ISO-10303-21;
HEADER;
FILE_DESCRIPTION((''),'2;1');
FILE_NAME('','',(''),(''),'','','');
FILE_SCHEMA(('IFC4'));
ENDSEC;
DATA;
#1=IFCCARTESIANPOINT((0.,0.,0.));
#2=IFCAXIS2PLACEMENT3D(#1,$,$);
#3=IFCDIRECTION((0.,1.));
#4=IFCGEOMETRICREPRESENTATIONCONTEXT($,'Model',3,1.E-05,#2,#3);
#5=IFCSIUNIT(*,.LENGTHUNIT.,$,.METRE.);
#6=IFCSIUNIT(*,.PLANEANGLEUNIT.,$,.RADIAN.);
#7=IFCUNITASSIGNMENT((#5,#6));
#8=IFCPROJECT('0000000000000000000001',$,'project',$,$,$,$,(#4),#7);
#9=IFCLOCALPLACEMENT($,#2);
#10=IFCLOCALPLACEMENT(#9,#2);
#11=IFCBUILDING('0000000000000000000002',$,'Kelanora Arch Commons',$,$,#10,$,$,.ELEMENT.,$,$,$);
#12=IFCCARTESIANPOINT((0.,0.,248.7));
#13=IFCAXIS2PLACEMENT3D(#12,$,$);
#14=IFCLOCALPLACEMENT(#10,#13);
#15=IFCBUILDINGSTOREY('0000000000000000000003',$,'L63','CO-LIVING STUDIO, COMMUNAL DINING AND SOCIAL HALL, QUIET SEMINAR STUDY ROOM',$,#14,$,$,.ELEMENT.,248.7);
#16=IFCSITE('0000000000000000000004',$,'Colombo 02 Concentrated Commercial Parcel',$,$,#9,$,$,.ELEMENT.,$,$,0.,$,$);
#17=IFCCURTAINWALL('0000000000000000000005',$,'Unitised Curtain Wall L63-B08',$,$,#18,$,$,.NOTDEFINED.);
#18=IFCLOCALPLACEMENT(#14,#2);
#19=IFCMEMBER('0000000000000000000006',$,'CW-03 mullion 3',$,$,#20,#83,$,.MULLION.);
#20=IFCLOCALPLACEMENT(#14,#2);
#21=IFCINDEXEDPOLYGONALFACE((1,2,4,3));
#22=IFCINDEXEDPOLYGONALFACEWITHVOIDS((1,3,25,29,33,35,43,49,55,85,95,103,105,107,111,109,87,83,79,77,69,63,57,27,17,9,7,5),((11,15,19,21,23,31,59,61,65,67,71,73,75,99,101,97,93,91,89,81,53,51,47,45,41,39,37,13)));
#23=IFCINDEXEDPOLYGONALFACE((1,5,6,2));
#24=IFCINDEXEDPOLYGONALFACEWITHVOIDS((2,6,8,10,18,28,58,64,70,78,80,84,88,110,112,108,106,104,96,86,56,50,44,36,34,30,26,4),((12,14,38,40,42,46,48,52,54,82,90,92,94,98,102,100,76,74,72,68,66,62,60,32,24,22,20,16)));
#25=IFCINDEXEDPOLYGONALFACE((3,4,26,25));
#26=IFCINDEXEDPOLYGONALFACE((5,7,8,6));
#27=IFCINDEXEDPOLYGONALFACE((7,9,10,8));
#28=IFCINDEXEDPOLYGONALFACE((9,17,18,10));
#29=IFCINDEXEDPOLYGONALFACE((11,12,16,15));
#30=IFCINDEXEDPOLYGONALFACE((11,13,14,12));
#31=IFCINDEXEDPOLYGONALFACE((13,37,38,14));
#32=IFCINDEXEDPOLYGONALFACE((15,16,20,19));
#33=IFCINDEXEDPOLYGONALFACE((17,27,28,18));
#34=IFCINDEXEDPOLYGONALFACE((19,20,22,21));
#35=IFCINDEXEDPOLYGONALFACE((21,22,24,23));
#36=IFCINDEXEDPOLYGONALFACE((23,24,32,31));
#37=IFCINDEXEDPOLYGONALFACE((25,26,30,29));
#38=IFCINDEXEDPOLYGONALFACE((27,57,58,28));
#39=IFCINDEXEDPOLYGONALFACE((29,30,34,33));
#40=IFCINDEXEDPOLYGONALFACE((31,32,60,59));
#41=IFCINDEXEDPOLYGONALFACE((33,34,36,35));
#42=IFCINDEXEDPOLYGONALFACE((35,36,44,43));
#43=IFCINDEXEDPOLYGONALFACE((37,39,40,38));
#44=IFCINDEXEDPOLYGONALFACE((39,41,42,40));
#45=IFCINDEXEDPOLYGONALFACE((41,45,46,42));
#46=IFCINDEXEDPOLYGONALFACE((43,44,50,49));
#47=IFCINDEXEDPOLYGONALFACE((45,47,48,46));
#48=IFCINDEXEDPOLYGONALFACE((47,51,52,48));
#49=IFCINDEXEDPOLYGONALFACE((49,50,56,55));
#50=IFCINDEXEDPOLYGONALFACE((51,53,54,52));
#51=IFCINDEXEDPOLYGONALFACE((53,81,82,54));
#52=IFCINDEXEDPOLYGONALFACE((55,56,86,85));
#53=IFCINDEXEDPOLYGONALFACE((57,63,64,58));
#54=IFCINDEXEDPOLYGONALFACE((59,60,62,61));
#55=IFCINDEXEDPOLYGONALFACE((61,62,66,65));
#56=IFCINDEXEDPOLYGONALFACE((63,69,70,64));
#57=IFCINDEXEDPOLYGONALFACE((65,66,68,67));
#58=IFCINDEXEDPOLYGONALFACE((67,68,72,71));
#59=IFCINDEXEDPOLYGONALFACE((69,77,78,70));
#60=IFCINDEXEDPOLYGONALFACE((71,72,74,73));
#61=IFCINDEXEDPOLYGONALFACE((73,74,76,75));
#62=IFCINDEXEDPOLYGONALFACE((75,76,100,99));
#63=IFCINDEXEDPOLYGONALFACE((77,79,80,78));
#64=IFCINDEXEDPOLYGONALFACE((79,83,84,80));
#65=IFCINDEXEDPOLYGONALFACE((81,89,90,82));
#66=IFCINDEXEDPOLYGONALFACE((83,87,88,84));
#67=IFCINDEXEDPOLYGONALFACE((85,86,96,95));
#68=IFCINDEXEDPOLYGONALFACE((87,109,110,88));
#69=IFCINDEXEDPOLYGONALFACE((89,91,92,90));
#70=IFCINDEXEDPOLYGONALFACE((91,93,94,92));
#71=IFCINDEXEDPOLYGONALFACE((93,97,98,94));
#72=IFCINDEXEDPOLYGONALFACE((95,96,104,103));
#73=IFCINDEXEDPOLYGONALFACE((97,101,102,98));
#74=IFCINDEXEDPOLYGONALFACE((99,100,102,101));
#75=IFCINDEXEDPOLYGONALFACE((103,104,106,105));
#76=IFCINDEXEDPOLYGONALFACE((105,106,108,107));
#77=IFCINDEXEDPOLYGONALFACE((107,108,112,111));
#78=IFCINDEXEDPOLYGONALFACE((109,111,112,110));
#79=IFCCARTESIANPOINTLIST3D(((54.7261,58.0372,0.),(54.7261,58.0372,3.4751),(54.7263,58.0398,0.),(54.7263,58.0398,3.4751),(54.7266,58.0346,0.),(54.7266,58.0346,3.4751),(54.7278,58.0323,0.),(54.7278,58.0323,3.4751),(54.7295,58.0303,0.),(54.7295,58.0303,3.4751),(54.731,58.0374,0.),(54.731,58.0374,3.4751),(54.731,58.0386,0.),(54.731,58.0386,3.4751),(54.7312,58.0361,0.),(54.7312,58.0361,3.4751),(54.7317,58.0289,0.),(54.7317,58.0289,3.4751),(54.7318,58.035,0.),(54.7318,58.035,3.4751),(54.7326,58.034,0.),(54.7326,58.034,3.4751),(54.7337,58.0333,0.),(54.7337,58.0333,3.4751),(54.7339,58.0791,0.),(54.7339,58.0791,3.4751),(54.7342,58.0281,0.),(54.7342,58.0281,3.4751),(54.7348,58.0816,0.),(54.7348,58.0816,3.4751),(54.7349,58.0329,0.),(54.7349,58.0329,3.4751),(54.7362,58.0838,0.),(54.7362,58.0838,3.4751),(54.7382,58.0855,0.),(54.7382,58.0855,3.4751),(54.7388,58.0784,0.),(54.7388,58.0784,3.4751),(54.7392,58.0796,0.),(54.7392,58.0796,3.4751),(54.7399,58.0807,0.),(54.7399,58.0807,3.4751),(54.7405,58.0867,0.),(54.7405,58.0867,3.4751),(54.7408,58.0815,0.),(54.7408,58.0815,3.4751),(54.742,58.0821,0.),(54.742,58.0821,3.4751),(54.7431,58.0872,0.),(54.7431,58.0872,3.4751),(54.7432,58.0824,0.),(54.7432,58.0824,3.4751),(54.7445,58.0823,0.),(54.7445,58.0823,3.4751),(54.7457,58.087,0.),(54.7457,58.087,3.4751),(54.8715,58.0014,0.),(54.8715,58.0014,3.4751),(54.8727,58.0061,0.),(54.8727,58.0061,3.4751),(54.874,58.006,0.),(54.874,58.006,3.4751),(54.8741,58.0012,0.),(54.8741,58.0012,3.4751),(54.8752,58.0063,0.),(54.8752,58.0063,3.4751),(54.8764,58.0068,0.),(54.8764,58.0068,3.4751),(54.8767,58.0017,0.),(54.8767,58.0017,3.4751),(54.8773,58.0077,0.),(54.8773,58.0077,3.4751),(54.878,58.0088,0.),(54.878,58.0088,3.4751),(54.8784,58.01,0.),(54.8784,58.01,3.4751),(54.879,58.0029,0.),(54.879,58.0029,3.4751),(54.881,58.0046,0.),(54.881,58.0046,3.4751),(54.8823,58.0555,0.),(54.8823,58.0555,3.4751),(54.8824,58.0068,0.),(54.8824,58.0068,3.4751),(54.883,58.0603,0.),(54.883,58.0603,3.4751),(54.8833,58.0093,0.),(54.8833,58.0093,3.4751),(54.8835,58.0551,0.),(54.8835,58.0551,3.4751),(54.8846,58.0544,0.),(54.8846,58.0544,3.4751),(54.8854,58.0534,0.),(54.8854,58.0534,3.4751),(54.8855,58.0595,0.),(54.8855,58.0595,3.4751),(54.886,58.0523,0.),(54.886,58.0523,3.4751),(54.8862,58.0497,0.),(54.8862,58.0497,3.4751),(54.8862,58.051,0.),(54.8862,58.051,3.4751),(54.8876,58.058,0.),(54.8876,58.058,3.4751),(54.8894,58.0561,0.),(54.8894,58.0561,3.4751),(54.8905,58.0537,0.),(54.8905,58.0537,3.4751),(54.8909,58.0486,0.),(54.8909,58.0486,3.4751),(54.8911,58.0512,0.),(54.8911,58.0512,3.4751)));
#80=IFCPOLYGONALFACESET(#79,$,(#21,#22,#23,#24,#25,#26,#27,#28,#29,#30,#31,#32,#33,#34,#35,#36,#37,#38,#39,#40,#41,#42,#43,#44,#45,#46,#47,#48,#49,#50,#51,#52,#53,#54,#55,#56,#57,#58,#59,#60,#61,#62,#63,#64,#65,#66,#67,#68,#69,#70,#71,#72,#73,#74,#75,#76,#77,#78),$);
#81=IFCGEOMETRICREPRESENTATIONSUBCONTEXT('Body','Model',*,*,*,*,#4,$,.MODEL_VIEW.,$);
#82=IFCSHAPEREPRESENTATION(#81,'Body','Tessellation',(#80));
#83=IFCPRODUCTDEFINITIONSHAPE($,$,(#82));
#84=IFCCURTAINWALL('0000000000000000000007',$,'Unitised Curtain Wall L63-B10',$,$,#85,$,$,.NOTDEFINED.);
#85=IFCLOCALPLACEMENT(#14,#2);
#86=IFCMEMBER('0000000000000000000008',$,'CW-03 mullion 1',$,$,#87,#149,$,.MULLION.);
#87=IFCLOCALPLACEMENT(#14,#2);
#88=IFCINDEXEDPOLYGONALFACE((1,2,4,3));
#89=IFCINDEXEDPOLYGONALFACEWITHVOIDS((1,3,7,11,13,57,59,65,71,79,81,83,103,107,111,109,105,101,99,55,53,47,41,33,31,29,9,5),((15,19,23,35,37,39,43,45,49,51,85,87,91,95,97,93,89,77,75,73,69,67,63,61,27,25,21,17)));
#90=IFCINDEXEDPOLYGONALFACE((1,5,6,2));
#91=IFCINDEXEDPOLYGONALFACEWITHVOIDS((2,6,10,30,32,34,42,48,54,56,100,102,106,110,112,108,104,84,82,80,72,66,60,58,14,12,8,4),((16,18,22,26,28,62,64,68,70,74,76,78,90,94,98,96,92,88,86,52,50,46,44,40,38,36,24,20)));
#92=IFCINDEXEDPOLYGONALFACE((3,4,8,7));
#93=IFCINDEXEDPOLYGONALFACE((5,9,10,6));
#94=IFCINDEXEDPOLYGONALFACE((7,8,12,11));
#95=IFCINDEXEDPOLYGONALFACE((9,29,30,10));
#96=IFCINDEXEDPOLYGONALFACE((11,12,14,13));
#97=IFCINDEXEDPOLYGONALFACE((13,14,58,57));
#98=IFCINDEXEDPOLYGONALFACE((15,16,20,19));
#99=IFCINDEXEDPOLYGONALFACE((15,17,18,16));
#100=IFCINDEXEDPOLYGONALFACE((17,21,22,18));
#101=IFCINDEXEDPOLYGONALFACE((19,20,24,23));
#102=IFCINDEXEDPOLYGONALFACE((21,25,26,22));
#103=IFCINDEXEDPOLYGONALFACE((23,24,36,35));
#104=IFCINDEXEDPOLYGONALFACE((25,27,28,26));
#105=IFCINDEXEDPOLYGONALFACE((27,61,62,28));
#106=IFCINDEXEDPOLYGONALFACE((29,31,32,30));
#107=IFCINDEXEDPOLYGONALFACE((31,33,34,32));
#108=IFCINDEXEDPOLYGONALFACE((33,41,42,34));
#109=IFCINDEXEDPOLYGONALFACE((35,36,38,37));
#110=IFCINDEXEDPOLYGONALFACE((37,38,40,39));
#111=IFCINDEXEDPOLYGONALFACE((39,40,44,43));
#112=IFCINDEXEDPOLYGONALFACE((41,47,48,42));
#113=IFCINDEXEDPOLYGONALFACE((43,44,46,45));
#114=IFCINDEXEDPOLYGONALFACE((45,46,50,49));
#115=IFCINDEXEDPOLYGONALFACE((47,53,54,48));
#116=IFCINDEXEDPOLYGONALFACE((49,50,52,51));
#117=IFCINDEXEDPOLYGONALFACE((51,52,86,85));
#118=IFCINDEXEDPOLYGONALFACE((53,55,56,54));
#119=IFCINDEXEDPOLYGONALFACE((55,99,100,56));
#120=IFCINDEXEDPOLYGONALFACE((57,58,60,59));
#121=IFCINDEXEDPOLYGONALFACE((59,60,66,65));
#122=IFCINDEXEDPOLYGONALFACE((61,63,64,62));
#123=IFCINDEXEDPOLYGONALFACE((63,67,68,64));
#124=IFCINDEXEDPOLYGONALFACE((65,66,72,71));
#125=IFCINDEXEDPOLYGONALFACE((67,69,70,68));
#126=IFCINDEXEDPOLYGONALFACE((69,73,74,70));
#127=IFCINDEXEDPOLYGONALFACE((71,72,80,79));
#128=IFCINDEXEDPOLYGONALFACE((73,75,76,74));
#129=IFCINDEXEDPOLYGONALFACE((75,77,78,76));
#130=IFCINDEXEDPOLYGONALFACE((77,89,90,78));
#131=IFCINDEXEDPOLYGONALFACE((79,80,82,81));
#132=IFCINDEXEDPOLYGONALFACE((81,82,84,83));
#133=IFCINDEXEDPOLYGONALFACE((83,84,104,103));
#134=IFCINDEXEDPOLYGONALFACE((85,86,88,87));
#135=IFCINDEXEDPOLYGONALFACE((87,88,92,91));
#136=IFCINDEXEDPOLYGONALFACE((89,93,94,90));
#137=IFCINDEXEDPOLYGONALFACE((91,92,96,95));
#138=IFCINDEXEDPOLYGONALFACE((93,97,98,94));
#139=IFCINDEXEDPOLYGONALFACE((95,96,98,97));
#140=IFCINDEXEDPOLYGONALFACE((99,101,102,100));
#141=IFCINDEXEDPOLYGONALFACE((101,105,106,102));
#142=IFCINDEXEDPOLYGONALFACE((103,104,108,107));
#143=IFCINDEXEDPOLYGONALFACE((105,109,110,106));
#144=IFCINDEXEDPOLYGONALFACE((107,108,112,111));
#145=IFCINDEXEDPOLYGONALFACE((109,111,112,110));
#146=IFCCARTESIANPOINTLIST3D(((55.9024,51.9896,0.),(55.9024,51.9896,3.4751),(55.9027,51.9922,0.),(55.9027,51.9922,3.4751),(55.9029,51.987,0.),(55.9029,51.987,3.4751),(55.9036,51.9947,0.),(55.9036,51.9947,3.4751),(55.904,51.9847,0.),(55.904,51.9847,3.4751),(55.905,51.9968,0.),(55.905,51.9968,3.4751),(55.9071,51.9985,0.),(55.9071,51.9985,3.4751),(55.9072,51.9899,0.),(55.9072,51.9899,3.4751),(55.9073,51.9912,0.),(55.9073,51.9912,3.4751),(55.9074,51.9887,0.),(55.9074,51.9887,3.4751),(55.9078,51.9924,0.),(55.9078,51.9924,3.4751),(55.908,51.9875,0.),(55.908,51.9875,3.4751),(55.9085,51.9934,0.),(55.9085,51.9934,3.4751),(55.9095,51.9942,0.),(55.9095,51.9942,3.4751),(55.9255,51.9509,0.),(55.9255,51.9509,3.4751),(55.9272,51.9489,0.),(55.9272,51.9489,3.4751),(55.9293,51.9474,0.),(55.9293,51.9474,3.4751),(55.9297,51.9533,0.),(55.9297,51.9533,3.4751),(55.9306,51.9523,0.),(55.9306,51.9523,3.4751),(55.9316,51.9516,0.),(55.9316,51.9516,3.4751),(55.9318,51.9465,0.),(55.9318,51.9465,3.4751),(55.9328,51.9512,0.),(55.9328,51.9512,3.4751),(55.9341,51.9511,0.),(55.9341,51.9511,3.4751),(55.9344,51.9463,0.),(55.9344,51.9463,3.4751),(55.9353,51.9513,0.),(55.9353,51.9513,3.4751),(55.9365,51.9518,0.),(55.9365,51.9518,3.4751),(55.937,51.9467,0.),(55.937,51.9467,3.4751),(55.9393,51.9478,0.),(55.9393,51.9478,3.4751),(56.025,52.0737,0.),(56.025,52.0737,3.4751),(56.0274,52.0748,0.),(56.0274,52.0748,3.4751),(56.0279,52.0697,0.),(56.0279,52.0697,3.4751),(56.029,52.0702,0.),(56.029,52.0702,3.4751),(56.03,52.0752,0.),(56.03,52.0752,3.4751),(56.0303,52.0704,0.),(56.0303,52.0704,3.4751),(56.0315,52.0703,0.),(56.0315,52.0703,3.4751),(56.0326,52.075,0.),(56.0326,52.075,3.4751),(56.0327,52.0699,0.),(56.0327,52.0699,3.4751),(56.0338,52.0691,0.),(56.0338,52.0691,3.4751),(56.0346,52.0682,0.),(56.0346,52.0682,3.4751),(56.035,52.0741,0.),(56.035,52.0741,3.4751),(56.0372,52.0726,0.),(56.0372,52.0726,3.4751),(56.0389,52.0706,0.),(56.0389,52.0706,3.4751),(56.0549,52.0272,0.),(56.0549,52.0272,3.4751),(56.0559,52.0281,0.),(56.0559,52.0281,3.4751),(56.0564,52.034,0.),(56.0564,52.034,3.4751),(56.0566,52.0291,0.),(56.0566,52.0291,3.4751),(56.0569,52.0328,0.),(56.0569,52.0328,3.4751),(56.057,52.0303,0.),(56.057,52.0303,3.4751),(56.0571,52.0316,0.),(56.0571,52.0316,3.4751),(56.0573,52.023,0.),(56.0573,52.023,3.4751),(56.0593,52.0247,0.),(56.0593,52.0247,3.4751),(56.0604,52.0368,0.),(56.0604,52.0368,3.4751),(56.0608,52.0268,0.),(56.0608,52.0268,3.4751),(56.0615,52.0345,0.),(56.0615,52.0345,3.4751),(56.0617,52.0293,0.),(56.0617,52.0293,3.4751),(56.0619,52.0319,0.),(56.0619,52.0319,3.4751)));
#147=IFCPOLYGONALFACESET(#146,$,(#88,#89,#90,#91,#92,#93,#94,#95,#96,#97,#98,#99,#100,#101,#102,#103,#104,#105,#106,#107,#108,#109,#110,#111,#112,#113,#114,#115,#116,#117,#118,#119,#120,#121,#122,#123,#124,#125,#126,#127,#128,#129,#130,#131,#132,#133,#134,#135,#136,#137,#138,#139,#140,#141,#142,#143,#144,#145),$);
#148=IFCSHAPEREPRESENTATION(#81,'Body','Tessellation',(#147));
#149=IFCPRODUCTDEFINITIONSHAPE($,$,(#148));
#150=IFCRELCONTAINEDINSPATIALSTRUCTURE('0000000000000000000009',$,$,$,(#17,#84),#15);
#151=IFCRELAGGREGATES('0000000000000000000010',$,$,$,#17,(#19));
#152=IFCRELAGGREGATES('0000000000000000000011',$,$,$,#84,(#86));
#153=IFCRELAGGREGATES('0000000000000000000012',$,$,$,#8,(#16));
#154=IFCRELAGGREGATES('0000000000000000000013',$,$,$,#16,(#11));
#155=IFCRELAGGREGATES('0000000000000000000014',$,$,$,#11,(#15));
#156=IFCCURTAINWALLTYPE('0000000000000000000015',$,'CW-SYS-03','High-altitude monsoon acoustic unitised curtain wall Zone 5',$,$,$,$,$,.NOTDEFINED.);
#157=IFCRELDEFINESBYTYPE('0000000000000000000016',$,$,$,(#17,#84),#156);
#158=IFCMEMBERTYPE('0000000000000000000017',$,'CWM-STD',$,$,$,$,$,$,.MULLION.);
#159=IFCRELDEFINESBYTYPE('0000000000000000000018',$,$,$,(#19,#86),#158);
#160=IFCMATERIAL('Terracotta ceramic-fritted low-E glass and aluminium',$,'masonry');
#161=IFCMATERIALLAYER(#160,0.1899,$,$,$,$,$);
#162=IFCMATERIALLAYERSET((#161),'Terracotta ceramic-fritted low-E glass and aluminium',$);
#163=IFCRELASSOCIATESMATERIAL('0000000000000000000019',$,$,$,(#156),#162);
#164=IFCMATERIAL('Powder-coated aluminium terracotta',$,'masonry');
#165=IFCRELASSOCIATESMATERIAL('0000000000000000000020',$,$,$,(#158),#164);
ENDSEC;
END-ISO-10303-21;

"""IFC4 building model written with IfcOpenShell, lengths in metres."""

from ifc_helpers import new_model, si_unit, direction, frame, origin, origin_2d, place, context, subcontext, project, spatial, hollow_rectangle, extrude, material, layer, layer_set, material_profile, profile_set, type_object, element, aggregate, save


model = new_model("IFC4")

# Units and contexts
model_context = context("Model", 3, precision=1e-05, world=origin(), true_north=direction((0.0, 1.0)))
body_context = subcontext(model_context, "Body", "Model", "MODEL_VIEW")
ifc_project = project(units=[si_unit("LENGTHUNIT", "METRE"), si_unit("PLANEANGLEUNIT", "RADIAN")], contexts=[model_context])

# Site, building, storey
site_placement = place(None, origin())
site = spatial("IfcSite", under=ifc_project, at=site_placement, Name="Colombo 02 Concentrated Commercial Parcel", CompositionType="ELEMENT", RefElevation=0.0)
building_placement = place(site_placement, origin())
building = spatial("IfcBuilding", under=site, at=building_placement, Name="Kelanora Arch Commons", CompositionType="ELEMENT")
storey_placement = place(building_placement, frame((0.0, 0.0, 248.7)))
storey = spatial("IfcBuildingStorey", under=building, at=storey_placement, Name="L63", Description="CO-LIVING STUDIO, COMMUNAL DINING AND SOCIAL HALL, QUIET SEMINAR STUDY ROOM", CompositionType="ELEMENT", Elevation=248.7)

# Curtain wall, member
ifc_material_1 = material(Name="Terracotta ceramic-fritted low-E glass and aluminium", Category="masonry")
ifc_layer_1 = layer(ifc_material_1, 0.1899)
ifc_layer_set_1 = layer_set([ifc_layer_1], Name="Terracotta ceramic-fritted low-E glass and aluminium")
curtain_wall_type = type_object("IfcCurtainWallType", Name="CW-SYS-03", Description="High-altitude monsoon acoustic unitised curtain wall Zone 5", PredefinedType="NOTDEFINED", material=ifc_layer_set_1)
curtain_wall_1_placement = place(storey_placement, origin())
curtain_wall_1 = element("IfcCurtainWall", 1, at=curtain_wall_1_placement, inside=storey, type_object=curtain_wall_type, Name="Unitised Curtain Wall L63-B08", PredefinedType="NOTDEFINED")
ifc_material_2 = material(Name="Powder-coated aluminium terracotta", Category="masonry")
ifc_material_profile_1 = material_profile(ifc_material_2, hollow_rectangle(XDim=0.1599, YDim=0.0601, WallThickness=0.0049, InnerFilletRadius=0.0049, OuterFilletRadius=0.01, at=origin_2d()), Name="CWM160x60")
ifc_profile_set_1 = profile_set([ifc_material_profile_1], Name="Powder-coated aluminium terracotta")
member_type_1 = type_object("IfcMemberType", Name="CWM-STD", PredefinedType="MULLION", material=ifc_profile_set_1)
member_1_placement = place(storey_placement, frame((54.8086, 58.0442, 0.0), z_axis=(0.0, 0.0, 1.0), x_axis=(0.981596, -0.190972, 0.0)))
member_1 = element("IfcMember", 2, at=member_1_placement, type_object=member_type_1, Name="CW-03 mullion 3", PredefinedType="MULLION", context=body_context, shape_type="SweptSolid", body=[
    extrude(hollow_rectangle(XDim=0.1599, YDim=0.0601, WallThickness=0.0049, InnerFilletRadius=0.0049, OuterFilletRadius=0.01, at=origin_2d()), origin(), (0.0, 0.0, 1.0), 3.4751),
])
aggregate(curtain_wall_1, [member_1])

# Curtain wall, member
curtain_wall_2_placement = place(storey_placement, origin())
curtain_wall_2 = element("IfcCurtainWall", 3, at=curtain_wall_2_placement, inside=storey, type_object=curtain_wall_type, Name="Unitised Curtain Wall L63-B10", PredefinedType="NOTDEFINED")
member_2_placement = place(storey_placement, frame((55.9822, 52.0107, 0.0), z_axis=(0.0, 0.0, 1.0), x_axis=(0.843391, 0.5373, 0.0)))
member_2 = element("IfcMember", 4, at=member_2_placement, type_object=member_type_1, Name="CW-03 mullion 1", PredefinedType="MULLION", context=body_context, shape_type="SweptSolid", body=[
    extrude(hollow_rectangle(XDim=0.1599, YDim=0.0601, WallThickness=0.0049, InnerFilletRadius=0.0049, OuterFilletRadius=0.01, at=origin_2d()), origin(), (0.0, 0.0, 1.0), 3.4751),
])

aggregate(curtain_wall_2, [member_2])

save(model, "model.ifc")
